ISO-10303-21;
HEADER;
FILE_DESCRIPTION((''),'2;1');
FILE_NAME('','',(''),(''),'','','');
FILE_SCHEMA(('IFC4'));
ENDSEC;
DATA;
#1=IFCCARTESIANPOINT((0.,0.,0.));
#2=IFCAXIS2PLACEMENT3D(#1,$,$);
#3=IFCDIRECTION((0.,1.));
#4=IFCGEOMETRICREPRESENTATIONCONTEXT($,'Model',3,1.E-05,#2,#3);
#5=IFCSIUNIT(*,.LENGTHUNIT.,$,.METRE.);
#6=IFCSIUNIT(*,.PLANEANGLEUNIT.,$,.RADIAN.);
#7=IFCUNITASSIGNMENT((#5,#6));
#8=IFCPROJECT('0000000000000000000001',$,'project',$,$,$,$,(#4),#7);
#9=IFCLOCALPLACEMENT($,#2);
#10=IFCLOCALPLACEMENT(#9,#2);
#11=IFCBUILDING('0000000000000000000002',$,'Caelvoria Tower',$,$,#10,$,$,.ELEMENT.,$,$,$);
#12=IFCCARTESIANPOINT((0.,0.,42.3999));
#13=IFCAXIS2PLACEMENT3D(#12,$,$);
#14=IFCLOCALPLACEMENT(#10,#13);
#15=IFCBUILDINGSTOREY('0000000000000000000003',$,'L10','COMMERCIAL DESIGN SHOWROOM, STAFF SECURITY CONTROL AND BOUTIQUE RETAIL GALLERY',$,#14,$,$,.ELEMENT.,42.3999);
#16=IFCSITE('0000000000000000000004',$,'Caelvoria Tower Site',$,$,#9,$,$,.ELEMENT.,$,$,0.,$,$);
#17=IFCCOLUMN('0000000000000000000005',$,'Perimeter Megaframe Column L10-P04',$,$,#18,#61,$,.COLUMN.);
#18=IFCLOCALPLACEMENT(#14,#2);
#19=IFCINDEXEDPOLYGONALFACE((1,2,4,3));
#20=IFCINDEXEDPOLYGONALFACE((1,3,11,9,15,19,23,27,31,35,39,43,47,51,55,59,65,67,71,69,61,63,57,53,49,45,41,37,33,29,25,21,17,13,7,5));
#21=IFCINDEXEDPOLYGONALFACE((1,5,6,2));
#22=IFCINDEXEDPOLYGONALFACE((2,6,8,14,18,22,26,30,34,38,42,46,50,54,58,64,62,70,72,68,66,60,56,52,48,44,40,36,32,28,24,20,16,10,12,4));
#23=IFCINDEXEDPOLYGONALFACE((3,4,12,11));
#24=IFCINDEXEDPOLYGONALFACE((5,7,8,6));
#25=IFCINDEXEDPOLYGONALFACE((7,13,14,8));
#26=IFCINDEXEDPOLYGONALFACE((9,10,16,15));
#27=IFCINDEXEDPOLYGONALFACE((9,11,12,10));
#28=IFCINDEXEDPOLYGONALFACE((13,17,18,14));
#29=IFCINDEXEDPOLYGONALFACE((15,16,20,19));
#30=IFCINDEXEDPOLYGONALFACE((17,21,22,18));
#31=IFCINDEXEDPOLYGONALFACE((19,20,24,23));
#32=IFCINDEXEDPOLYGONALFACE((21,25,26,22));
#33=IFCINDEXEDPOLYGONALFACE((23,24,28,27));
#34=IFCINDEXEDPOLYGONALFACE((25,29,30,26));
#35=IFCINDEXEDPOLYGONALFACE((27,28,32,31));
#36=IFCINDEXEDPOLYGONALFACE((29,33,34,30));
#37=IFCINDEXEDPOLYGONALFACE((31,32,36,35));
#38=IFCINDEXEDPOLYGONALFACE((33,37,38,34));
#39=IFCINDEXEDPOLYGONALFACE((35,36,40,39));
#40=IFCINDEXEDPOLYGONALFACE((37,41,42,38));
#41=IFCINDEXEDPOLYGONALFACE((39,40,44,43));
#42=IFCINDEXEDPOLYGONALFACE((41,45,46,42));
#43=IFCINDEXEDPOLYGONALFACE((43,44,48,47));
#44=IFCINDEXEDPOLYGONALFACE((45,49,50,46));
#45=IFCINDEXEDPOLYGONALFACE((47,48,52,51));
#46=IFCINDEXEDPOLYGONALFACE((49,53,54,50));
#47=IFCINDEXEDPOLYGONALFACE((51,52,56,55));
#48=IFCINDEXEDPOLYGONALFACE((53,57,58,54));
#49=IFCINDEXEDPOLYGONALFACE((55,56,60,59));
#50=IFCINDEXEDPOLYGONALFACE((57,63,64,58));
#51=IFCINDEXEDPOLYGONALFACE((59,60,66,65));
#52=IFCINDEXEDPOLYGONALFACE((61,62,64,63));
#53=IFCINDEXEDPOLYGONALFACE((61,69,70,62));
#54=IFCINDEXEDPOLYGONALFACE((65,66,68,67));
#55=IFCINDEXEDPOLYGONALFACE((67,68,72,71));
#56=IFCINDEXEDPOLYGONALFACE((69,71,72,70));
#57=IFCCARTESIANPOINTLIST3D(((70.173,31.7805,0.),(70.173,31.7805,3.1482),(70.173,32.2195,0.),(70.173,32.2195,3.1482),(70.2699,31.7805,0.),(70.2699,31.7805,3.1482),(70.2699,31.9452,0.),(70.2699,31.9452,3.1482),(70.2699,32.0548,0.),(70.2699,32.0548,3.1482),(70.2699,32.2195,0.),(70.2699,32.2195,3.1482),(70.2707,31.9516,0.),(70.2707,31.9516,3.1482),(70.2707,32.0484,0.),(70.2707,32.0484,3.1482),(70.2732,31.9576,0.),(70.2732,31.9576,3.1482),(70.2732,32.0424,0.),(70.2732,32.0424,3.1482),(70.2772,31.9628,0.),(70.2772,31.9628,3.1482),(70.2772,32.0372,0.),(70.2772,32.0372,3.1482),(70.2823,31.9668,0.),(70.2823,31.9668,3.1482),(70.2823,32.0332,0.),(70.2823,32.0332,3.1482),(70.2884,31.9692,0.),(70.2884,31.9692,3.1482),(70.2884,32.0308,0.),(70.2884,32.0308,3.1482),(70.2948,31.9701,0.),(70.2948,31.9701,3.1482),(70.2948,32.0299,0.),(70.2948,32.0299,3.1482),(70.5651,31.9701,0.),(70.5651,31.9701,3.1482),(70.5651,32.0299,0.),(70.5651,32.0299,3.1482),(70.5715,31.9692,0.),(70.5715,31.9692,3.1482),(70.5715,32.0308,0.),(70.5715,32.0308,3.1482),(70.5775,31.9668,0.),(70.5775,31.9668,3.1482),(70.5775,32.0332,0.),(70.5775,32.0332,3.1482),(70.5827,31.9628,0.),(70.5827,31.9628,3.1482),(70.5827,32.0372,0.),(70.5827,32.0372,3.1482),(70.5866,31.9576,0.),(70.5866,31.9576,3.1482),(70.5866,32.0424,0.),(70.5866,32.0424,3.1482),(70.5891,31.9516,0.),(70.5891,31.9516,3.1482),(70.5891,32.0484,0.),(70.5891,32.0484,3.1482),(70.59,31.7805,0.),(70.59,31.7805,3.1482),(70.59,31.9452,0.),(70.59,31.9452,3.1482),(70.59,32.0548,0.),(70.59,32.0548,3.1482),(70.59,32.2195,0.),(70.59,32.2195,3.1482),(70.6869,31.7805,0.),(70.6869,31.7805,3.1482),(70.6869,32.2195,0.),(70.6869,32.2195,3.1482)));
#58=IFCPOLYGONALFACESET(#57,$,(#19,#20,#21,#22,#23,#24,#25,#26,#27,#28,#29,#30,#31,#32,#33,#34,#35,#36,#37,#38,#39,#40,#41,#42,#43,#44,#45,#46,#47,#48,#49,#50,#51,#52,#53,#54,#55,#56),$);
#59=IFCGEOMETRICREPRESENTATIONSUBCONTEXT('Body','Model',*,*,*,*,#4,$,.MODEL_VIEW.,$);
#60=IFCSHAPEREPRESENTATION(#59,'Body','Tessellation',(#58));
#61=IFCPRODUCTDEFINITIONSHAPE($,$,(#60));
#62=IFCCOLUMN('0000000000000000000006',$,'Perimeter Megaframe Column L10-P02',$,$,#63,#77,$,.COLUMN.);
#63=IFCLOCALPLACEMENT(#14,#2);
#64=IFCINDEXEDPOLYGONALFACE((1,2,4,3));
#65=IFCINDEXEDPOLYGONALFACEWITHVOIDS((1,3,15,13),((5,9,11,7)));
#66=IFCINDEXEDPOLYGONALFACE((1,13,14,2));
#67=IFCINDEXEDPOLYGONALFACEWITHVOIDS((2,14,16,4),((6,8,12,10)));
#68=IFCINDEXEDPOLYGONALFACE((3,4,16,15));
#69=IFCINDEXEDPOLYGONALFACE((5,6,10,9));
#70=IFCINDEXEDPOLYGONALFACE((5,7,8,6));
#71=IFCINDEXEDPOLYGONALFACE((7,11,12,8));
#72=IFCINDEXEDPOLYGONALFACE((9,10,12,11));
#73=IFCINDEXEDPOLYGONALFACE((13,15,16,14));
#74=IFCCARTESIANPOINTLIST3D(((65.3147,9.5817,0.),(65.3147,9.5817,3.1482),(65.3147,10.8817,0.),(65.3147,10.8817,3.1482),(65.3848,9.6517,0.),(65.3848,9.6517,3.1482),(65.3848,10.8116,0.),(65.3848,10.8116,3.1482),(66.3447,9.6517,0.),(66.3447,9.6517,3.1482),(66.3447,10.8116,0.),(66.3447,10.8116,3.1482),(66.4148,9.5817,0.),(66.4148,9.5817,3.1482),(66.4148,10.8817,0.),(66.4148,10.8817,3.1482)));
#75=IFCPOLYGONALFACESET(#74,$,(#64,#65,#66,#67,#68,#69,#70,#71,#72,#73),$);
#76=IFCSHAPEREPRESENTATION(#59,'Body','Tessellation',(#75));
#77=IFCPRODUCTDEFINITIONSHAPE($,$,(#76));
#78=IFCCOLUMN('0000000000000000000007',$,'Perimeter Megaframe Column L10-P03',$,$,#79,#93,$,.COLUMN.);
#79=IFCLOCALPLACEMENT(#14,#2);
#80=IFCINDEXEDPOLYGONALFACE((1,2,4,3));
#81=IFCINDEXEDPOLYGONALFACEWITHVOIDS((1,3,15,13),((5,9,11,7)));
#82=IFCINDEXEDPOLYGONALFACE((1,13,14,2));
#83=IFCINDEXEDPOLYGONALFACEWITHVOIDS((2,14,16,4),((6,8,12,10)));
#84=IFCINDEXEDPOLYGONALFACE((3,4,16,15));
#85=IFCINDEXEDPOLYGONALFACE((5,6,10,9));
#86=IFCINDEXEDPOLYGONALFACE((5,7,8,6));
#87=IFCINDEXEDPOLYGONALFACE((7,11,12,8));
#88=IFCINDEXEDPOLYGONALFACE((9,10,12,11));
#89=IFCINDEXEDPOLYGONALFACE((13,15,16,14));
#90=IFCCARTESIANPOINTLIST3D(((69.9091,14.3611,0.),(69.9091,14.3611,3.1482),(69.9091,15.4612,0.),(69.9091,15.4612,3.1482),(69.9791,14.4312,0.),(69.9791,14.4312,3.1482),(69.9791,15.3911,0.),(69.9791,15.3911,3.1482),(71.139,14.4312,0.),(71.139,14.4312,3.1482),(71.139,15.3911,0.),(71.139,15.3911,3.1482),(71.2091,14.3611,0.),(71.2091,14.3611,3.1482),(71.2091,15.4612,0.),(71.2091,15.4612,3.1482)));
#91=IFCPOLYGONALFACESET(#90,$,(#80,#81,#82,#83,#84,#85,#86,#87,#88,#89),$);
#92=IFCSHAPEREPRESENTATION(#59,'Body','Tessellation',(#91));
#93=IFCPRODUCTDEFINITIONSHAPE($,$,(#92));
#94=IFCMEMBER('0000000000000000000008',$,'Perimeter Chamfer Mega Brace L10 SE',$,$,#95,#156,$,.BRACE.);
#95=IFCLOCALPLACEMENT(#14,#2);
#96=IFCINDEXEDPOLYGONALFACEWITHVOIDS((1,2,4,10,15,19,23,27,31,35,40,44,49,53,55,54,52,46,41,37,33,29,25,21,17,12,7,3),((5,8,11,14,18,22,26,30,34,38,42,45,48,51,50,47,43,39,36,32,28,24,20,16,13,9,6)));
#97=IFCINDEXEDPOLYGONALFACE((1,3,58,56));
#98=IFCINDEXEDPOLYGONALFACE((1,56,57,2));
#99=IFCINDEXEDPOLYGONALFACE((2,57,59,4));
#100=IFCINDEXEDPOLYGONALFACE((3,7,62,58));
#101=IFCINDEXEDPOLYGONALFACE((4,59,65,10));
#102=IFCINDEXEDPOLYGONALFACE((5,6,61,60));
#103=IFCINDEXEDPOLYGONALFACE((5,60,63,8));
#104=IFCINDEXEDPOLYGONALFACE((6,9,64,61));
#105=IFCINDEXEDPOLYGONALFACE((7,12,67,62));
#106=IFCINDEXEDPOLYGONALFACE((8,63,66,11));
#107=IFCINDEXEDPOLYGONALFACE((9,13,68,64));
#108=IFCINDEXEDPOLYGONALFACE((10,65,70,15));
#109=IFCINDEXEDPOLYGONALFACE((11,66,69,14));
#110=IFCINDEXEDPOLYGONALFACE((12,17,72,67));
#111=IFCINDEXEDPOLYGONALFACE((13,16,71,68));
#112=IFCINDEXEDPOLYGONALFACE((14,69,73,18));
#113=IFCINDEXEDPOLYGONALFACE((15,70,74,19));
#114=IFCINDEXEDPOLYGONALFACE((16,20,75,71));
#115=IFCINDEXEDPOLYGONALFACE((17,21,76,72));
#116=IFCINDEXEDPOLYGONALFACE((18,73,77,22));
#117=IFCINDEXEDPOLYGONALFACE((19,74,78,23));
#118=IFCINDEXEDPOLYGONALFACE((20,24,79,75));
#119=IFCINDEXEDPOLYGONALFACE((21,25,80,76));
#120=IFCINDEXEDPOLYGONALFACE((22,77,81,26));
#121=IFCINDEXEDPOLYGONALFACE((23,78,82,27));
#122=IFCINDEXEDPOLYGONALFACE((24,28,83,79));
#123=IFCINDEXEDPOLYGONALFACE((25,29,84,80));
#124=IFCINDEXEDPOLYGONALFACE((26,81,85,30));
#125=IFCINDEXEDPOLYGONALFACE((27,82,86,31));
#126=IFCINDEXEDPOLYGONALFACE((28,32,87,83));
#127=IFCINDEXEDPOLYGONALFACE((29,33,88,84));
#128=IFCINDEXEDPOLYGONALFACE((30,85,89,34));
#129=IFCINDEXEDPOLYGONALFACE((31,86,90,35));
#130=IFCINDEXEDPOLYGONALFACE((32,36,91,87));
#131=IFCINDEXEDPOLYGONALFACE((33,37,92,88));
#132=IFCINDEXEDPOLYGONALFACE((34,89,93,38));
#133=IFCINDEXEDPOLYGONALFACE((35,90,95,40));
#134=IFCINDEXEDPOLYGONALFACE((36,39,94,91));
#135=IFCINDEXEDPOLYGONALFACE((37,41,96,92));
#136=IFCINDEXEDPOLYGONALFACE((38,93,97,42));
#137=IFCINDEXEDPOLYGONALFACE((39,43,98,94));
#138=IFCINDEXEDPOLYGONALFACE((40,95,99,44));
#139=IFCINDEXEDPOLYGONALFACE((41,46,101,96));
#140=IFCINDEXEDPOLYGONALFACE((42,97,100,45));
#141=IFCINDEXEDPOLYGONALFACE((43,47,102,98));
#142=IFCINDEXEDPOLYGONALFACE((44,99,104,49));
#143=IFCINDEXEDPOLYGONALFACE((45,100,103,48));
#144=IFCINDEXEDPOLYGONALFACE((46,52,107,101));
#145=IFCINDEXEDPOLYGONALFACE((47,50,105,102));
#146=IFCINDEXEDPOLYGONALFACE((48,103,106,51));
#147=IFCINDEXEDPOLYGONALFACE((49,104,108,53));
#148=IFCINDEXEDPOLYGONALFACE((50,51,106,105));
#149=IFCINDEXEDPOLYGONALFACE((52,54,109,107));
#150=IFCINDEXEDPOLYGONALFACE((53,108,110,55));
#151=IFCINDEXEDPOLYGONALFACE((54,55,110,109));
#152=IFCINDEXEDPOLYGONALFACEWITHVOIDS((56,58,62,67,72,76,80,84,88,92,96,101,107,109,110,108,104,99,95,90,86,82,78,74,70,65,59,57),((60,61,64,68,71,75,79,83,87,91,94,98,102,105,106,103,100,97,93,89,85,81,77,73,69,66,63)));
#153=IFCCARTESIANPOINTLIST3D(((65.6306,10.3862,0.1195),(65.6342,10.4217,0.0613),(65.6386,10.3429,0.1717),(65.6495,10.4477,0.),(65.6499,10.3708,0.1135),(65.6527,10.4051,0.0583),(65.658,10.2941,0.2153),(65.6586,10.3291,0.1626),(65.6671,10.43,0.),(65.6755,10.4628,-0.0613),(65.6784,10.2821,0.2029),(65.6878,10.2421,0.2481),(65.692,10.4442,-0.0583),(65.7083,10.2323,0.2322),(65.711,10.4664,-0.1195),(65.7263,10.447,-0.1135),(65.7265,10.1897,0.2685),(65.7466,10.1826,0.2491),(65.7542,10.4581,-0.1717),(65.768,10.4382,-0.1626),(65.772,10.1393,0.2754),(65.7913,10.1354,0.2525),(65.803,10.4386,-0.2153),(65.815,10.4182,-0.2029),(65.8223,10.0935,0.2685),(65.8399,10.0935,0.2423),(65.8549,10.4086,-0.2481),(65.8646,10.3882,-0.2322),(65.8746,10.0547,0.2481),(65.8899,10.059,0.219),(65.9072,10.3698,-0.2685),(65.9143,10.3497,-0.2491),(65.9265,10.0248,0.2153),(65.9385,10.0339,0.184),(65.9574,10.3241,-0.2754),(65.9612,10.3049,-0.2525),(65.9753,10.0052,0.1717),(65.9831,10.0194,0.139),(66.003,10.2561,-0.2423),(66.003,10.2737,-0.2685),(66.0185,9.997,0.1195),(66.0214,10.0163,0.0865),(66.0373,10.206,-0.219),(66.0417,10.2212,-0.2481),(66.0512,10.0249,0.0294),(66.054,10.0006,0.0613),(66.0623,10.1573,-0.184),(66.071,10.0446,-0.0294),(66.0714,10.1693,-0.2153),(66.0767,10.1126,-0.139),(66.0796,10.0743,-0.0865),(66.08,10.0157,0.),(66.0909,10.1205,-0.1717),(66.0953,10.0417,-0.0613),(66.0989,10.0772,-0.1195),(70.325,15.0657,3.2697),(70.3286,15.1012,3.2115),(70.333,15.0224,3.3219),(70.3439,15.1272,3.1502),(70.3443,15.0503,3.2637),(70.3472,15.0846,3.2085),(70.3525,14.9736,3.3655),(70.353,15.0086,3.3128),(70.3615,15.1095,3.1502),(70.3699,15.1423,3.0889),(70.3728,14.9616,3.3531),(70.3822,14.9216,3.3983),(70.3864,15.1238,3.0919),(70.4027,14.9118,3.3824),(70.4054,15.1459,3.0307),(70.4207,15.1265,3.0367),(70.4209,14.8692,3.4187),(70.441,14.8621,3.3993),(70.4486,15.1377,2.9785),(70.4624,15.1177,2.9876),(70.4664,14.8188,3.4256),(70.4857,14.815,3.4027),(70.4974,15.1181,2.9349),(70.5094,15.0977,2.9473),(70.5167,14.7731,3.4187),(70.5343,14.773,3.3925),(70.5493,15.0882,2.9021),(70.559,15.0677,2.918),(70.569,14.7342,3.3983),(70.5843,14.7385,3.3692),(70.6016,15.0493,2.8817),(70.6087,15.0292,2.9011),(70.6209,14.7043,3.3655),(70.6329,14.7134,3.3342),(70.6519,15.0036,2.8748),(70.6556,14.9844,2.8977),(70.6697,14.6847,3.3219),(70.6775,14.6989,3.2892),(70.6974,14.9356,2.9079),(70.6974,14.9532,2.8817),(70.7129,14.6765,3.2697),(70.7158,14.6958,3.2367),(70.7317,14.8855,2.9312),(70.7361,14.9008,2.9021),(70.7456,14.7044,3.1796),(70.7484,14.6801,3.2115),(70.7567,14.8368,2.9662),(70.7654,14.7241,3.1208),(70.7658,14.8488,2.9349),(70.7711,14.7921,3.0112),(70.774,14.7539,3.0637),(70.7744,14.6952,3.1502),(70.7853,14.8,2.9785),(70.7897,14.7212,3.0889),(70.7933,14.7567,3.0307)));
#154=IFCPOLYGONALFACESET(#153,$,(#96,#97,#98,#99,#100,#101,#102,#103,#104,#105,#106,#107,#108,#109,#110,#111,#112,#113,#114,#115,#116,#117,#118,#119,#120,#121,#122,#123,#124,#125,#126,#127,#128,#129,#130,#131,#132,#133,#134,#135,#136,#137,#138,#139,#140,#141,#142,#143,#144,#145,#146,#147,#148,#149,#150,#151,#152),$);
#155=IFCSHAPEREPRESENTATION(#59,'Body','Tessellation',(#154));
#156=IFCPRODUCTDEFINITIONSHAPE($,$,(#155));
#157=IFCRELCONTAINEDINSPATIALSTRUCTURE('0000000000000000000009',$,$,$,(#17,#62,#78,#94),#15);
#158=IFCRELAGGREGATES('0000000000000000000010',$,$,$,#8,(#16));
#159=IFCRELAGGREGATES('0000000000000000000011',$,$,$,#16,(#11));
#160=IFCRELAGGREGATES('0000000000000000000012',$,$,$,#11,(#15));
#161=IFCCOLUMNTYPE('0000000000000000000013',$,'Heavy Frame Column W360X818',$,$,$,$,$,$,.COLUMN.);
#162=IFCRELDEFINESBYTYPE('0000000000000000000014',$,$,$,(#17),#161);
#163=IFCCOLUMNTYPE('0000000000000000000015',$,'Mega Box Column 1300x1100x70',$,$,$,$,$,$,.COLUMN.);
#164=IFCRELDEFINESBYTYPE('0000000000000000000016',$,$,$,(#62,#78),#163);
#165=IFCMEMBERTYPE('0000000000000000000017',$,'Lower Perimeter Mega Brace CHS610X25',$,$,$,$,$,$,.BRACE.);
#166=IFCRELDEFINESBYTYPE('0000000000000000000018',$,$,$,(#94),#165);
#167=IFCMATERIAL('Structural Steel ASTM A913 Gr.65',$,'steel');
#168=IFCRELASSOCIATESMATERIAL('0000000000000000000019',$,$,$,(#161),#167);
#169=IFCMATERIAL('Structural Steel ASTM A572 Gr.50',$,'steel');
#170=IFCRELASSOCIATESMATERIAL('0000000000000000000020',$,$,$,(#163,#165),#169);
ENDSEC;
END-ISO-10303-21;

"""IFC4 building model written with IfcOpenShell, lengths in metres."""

from ifc_helpers import new_model, si_unit, direction, frame, origin, origin_2d, place, context, subcontext, project, spatial, hollow_rectangle, hollow_circle, i_section, extrude, material, material_profile, profile_set, type_object, element, save


model = new_model("IFC4")

# Units and contexts
model_context = context("Model", 3, precision=1e-05, world=origin(), true_north=direction((0.0, 1.0)))
body_context = subcontext(model_context, "Body", "Model", "MODEL_VIEW")
ifc_project = project(units=[si_unit("LENGTHUNIT", "METRE"), si_unit("PLANEANGLEUNIT", "RADIAN")], contexts=[model_context])

# Site, building, storey
site_placement = place(None, origin())
site = spatial("IfcSite", under=ifc_project, at=site_placement, Name="Caelvoria Tower Site", CompositionType="ELEMENT", RefElevation=0.0)
building_placement = place(site_placement, origin())
building = spatial("IfcBuilding", under=site, at=building_placement, Name="Caelvoria Tower", CompositionType="ELEMENT")
storey_placement = place(building_placement, frame((0.0, 0.0, 42.3999)))
storey = spatial("IfcBuildingStorey", under=building, at=storey_placement, Name="L10", Description="COMMERCIAL DESIGN SHOWROOM, STAFF SECURITY CONTROL AND BOUTIQUE RETAIL GALLERY", CompositionType="ELEMENT", Elevation=42.3999)

# Columns
ifc_material_1 = material(Name="Structural Steel ASTM A913 Gr.65", Category="steel")
ifc_material_profile_1 = material_profile(ifc_material_1, i_section(OverallWidth=0.439, OverallDepth=0.5139, WebThickness=0.0598, FlangeThickness=0.0969, FilletRadius=0.0249, at=origin_2d()), Name="Structural Steel ASTM A913 Gr.65")
ifc_profile_set_1 = profile_set([ifc_material_profile_1], Name="W360X818 - Structural Steel ASTM A913 Gr.65")
column_type_1 = type_object("IfcColumnType", Name="Heavy Frame Column W360X818", PredefinedType="COLUMN", material=ifc_profile_set_1)
column_placement = place(storey_placement, frame((70.4299, 32.0, 0.0), z_axis=(0.0, 0.0, 1.0), x_axis=(0.0, 1.0, 0.0)))
element("IfcColumn", 1, at=column_placement, inside=storey, type_object=column_type_1, Name="Perimeter Megaframe Column L10-P04", PredefinedType="COLUMN", context=body_context, shape_type="SweptSolid", body=[
    extrude(i_section(OverallWidth=0.439, OverallDepth=0.5139, WebThickness=0.0598, FlangeThickness=0.0969, FilletRadius=0.0249, at=origin_2d()), origin(), (0.0, 0.0, 1.0), 3.1482),
])
ifc_material_2 = material(Name="Structural Steel ASTM A572 Gr.50", Category="steel")
ifc_material_profile_2 = material_profile(ifc_material_2, hollow_rectangle(XDim=1.1001, YDim=1.3, WallThickness=0.0701, at=origin_2d()), Name="Structural Steel ASTM A572 Gr.50")
ifc_profile_set_2 = profile_set([ifc_material_profile_2], Name="BOX1300X1100X70 - Structural Steel ASTM A572 Gr.50")
column_type_2 = type_object("IfcColumnType", Name="Mega Box Column 1300x1100x70", PredefinedType="COLUMN", material=ifc_profile_set_2)
for number, where, z_axis, x_axis, name in (
    (2, (65.8647, 10.2317, 0.0), (0.0, 0.0, 1.0), (1.0, 0.0, 0.0), "Perimeter Megaframe Column L10-P02"),
    (3, (70.5591, 14.9111, 0.0), (0.0, 0.0, 1.0), (0.0, 1.0, 0.0), "Perimeter Megaframe Column L10-P03"),
):
    element("IfcColumn", number, at=place(storey_placement, frame(where, z_axis=z_axis, x_axis=x_axis)), inside=storey, type_object=column_type_2, Name=name, PredefinedType="COLUMN", context=body_context, shape_type="SweptSolid", body=[
        extrude(hollow_rectangle(XDim=1.1001, YDim=1.3, WallThickness=0.0701, at=origin_2d()), origin(), (0.0, 0.0, 1.0), 3.1482),
    ])

# Member
ifc_material_profile_3 = material_profile(ifc_material_2, hollow_circle(Radius=0.3049, WallThickness=0.0249, at=origin_2d()), Name="Structural Steel ASTM A572 Gr.50")
ifc_profile_set_3 = profile_set([ifc_material_profile_3], Name="CHS610X25 - Structural Steel ASTM A572 Gr.50")
member_type = type_object("IfcMemberType", Name="Lower Perimeter Mega Brace CHS610X25", PredefinedType="BRACE", material=ifc_profile_set_3)
member_placement = place(storey_placement, frame((65.8647, 10.2317, 0.0), z_axis=(0.639663, 0.637634, 0.429248), x_axis=(-0.705982, 0.708229, 0.0)))
element("IfcMember", 4, at=member_placement, inside=storey, type_object=member_type, Name="Perimeter Chamfer Mega Brace L10 SE", PredefinedType="BRACE", context=body_context, shape_type="SweptSolid", body=[
    extrude(hollow_circle(Radius=0.3049, WallThickness=0.0249, at=origin_2d()), origin(), (0.0, 0.0, 1.0), 7.3389),
])

save(model, "model.ifc")
